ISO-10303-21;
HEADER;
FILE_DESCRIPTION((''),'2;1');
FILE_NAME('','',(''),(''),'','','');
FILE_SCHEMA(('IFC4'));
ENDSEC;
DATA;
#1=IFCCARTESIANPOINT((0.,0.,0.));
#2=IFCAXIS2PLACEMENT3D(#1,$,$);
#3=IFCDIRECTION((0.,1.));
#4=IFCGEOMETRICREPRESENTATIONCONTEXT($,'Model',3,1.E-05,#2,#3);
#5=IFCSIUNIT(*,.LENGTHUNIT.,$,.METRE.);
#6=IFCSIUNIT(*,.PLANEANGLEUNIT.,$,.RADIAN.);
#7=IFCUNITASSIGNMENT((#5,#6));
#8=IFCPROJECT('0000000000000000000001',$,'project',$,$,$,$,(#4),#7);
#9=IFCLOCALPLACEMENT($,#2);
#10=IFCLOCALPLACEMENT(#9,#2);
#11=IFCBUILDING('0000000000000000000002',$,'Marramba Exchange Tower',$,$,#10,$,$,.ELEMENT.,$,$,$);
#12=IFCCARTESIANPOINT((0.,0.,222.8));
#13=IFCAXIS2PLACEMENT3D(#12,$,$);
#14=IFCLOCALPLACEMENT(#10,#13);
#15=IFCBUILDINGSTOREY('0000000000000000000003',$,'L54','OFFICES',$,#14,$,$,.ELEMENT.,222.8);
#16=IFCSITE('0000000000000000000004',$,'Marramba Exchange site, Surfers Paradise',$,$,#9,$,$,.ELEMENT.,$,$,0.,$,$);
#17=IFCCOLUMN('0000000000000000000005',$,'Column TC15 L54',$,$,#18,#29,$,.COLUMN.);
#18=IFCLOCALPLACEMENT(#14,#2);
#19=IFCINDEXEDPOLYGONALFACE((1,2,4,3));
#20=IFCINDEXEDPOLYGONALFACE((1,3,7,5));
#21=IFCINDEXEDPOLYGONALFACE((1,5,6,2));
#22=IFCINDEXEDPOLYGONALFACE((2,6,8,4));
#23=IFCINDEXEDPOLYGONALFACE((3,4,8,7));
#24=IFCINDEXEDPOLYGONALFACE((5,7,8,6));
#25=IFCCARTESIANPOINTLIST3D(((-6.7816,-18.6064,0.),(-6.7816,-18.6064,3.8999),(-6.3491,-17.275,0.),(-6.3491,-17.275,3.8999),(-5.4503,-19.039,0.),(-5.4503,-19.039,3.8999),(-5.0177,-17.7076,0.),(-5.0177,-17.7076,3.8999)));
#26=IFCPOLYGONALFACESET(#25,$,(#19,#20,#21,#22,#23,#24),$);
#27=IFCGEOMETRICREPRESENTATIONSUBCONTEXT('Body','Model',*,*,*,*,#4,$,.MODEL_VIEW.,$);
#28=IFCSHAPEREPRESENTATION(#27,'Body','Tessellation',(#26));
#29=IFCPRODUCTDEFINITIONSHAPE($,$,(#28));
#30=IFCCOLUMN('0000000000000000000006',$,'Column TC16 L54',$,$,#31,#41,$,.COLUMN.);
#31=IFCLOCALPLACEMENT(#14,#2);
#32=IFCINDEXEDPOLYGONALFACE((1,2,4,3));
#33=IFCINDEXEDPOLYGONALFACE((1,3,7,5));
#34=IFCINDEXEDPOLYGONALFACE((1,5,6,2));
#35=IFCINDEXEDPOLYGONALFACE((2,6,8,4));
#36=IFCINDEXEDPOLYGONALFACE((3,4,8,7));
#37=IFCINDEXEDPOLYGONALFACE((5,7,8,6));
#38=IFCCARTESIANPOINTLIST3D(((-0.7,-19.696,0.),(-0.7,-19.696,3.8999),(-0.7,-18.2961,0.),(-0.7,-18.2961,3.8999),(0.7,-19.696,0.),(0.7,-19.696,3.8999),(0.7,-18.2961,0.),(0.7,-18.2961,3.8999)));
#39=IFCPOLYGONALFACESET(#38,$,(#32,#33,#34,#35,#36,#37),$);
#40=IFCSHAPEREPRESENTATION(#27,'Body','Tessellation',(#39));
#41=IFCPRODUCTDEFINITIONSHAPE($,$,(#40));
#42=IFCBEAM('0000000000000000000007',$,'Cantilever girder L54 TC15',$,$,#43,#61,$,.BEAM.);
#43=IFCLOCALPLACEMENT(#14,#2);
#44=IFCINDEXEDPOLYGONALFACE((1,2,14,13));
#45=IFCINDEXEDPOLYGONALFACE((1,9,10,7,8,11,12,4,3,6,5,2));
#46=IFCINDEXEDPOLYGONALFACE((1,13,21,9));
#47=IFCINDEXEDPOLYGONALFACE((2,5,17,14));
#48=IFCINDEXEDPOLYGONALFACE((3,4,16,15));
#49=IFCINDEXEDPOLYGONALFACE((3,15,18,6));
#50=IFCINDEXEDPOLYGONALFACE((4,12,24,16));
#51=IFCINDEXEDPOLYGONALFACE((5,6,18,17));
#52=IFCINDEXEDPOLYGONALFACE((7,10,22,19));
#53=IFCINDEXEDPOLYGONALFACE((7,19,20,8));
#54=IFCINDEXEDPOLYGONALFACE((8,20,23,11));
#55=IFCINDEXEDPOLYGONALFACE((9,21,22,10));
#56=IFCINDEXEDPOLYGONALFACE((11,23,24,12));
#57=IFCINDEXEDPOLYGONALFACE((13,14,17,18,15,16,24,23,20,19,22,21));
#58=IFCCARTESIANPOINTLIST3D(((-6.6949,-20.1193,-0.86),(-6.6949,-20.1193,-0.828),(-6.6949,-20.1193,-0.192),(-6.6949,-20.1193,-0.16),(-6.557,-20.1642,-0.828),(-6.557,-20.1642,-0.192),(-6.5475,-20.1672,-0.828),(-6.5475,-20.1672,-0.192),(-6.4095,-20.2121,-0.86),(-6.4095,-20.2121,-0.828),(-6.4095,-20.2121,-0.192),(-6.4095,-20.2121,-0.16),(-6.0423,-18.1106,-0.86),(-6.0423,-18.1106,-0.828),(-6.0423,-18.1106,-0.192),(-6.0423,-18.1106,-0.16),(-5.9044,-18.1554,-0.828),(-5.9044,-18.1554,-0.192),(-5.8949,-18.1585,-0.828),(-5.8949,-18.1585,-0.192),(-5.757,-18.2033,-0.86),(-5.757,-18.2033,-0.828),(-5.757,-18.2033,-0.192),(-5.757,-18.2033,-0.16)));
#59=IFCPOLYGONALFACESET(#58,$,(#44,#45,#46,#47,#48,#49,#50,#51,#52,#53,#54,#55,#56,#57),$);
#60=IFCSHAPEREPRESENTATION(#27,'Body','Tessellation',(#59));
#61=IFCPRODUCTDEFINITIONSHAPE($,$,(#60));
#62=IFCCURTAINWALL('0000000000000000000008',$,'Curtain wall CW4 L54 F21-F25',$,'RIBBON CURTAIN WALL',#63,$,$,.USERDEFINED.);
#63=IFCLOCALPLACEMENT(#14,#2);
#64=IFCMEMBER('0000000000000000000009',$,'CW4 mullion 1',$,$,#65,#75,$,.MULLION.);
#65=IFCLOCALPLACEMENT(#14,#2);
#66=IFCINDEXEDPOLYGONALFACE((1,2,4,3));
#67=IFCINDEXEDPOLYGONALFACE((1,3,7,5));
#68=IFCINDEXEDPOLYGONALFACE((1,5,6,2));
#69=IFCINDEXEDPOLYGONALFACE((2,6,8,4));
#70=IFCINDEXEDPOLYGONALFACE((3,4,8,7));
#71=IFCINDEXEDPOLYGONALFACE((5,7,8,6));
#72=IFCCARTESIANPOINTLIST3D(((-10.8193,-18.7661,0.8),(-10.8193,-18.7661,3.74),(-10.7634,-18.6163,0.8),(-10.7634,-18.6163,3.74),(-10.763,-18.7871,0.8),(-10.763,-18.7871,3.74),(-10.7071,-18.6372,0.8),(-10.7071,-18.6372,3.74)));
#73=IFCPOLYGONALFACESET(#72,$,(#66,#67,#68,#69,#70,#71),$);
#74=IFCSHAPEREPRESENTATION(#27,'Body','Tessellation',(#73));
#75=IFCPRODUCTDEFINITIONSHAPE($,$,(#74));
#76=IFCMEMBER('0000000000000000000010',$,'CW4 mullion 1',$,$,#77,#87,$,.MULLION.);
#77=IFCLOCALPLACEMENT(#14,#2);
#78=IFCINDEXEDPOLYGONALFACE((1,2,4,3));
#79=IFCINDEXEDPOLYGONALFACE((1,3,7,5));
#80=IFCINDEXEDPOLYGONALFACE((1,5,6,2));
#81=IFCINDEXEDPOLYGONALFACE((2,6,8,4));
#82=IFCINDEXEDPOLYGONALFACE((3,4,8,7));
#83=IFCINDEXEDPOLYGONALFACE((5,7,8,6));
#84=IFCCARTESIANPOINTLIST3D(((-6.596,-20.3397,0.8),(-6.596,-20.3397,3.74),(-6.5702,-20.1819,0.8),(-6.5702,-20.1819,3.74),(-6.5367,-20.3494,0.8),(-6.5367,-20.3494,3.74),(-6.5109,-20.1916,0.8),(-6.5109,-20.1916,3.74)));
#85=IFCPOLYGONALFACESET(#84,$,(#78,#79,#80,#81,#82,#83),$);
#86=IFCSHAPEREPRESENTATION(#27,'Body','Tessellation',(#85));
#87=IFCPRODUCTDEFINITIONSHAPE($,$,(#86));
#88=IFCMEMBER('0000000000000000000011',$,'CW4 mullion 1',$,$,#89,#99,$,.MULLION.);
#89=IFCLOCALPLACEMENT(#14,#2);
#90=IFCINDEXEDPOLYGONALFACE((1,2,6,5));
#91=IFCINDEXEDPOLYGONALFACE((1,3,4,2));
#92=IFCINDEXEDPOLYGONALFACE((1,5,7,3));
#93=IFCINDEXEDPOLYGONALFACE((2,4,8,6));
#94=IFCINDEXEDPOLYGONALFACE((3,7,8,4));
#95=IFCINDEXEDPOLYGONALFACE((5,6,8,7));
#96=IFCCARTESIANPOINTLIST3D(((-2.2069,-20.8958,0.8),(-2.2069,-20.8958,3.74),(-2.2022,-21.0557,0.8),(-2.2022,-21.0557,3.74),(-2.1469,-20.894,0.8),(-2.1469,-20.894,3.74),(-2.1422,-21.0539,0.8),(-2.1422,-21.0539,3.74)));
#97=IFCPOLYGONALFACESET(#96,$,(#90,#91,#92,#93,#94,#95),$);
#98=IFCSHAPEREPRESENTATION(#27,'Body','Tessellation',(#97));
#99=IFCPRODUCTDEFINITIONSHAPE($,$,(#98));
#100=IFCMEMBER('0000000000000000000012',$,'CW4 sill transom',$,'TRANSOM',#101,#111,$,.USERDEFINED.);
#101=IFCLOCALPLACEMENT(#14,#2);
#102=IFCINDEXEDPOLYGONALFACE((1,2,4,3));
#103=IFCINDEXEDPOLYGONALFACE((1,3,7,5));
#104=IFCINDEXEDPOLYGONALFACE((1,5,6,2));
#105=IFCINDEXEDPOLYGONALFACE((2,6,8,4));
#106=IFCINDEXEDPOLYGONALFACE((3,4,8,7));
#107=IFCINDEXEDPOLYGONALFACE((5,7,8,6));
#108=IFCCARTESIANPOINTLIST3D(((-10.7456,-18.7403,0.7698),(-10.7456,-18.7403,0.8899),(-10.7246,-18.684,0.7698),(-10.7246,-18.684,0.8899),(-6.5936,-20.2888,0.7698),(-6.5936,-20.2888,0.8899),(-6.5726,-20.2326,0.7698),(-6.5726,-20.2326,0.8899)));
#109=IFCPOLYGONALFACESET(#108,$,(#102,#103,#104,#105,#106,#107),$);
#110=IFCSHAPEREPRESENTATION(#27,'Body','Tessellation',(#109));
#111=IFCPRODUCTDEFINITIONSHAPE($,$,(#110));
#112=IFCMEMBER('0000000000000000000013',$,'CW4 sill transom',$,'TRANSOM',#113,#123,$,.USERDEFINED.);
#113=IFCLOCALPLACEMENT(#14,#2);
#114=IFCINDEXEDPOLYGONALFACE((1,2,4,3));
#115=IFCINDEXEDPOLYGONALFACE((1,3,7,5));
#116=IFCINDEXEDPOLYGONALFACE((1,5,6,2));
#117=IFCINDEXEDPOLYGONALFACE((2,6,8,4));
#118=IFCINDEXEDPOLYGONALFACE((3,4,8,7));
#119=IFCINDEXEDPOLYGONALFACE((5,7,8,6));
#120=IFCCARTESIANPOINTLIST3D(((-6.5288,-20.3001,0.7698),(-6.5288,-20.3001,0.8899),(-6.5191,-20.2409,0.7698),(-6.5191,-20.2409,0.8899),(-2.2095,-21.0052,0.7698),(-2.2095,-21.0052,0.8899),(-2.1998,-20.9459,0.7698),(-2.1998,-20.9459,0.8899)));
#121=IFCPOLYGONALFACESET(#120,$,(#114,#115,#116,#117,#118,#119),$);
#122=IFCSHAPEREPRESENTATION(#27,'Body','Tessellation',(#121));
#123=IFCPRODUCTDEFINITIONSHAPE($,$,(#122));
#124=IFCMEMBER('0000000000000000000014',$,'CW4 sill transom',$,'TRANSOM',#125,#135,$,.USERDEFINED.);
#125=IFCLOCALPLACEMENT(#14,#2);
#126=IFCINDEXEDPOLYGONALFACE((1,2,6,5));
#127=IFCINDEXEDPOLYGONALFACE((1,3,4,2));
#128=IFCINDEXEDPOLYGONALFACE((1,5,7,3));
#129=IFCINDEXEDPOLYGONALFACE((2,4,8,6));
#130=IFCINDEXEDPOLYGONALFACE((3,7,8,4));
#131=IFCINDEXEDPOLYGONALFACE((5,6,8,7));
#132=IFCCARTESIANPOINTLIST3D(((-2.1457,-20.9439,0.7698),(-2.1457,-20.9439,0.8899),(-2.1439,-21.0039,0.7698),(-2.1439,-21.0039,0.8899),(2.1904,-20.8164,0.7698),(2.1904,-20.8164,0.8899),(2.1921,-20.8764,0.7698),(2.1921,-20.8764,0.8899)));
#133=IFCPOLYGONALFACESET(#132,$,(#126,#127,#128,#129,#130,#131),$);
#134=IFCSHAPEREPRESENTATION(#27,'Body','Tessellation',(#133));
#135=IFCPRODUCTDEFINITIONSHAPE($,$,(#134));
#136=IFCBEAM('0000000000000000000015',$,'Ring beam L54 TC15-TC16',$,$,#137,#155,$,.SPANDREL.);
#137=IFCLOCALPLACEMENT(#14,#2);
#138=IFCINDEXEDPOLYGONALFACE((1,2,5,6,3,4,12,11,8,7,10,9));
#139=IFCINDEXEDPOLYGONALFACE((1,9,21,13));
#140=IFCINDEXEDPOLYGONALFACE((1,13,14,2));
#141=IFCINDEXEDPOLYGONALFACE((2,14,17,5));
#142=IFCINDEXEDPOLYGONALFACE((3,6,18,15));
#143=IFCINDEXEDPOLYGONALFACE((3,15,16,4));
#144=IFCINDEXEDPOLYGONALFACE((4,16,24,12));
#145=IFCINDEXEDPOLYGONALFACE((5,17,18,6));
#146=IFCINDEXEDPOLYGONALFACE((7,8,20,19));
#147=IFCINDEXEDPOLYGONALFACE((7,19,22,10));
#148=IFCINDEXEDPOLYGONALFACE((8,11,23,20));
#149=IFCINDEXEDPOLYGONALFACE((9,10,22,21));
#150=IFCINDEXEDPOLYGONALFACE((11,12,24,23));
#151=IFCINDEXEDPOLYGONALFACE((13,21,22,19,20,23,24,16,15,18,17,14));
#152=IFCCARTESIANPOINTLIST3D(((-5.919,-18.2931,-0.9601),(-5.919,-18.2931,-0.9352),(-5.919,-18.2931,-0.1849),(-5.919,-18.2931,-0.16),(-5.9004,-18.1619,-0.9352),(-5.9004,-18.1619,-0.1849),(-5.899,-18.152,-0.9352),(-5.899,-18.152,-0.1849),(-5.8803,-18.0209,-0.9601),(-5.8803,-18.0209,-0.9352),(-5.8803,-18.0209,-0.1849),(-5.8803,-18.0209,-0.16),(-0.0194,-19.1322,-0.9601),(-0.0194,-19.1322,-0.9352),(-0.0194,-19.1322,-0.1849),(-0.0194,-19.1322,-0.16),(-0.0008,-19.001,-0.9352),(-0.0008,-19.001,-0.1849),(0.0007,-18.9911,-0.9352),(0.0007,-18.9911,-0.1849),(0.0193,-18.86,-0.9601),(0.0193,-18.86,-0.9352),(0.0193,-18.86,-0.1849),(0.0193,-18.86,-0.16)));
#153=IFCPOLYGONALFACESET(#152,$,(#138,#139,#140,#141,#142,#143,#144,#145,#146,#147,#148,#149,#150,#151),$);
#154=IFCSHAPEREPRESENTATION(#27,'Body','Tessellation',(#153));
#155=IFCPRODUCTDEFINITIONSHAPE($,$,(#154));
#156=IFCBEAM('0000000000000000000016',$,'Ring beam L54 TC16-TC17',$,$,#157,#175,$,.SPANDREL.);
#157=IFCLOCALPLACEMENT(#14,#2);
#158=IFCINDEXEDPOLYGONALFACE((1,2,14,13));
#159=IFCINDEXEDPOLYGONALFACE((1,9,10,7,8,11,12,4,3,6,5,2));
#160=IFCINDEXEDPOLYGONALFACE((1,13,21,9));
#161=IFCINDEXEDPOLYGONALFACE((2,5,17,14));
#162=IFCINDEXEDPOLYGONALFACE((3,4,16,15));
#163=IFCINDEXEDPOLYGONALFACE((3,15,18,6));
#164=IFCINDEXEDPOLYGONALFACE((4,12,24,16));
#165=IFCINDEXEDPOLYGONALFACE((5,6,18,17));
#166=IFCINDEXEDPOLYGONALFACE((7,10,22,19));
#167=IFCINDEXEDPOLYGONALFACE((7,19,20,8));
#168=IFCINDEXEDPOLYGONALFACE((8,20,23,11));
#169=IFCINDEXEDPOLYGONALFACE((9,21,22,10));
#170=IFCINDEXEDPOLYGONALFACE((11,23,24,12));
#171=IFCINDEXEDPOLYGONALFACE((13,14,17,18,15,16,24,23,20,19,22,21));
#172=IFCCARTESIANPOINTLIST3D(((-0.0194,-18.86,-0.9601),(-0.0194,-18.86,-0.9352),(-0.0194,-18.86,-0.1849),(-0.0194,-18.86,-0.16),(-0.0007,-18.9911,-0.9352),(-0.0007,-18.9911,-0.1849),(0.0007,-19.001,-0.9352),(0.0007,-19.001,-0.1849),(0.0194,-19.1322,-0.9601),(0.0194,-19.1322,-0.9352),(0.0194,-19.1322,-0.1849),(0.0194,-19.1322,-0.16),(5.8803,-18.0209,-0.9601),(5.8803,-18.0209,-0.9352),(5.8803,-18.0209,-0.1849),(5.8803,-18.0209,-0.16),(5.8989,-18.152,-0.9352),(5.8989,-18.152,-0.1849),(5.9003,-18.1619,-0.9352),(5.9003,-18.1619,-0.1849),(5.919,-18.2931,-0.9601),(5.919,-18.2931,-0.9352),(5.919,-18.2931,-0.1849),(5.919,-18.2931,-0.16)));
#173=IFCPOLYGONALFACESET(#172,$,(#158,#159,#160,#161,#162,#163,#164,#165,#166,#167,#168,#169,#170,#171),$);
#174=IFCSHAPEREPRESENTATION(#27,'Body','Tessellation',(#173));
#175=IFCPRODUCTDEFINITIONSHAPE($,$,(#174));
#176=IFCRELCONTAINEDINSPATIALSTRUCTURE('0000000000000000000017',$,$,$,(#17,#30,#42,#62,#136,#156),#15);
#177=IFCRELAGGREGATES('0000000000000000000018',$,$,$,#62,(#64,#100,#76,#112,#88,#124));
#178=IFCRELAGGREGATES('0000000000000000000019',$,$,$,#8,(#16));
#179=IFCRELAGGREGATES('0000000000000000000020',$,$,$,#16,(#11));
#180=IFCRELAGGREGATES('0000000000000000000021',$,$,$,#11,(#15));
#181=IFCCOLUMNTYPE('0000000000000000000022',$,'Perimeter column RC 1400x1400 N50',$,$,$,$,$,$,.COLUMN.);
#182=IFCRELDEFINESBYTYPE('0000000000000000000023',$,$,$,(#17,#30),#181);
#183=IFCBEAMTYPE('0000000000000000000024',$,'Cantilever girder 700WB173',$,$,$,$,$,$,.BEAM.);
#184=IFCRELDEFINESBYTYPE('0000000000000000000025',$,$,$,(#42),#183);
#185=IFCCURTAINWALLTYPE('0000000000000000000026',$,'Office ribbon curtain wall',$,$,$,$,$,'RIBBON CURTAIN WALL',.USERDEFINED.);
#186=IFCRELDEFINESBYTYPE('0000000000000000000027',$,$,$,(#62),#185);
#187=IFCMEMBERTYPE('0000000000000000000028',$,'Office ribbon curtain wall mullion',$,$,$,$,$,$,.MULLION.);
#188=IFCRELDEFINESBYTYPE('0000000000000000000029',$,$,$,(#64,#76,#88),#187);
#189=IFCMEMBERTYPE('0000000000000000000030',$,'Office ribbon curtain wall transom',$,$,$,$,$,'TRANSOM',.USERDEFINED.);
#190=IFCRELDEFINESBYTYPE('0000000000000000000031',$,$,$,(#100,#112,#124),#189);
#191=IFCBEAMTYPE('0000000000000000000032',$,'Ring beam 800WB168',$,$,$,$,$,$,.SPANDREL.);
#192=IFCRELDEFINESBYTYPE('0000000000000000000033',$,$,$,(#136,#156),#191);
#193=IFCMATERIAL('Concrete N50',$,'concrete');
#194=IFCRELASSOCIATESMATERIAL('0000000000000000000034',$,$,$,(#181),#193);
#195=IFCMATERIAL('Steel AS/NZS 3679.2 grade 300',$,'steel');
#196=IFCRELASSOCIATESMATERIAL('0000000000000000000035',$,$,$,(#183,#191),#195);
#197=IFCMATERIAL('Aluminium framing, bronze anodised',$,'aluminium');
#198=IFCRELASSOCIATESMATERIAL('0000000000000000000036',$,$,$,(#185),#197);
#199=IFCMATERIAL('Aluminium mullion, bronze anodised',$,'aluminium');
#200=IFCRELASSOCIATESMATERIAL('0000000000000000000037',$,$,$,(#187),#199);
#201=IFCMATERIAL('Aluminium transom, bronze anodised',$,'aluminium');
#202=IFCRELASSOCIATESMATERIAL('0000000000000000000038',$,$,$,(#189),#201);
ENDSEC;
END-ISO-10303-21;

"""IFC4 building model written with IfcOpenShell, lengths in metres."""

from ifc_helpers import new_model, si_unit, direction, frame, origin, origin_2d, place, context, subcontext, project, spatial, rectangle, i_section, extrude, material, material_profile, profile_set, type_object, element, aggregate, save


model = new_model("IFC4")

# Units and contexts
model_context = context("Model", 3, precision=1e-05, world=origin(), true_north=direction((0.0, 1.0)))
body_context = subcontext(model_context, "Body", "Model", "MODEL_VIEW")
ifc_project = project(units=[si_unit("LENGTHUNIT", "METRE"), si_unit("PLANEANGLEUNIT", "RADIAN")], contexts=[model_context])

# Site, building, storey
site_placement = place(None, origin())
site = spatial("IfcSite", under=ifc_project, at=site_placement, Name="Marramba Exchange site, Surfers Paradise", CompositionType="ELEMENT", RefElevation=0.0)
building_placement = place(site_placement, origin())
building = spatial("IfcBuilding", under=site, at=building_placement, Name="Marramba Exchange Tower", CompositionType="ELEMENT")
storey_placement = place(building_placement, frame((0.0, 0.0, 222.8)))
storey = spatial("IfcBuildingStorey", under=building, at=storey_placement, Name="L54", Description="OFFICES", CompositionType="ELEMENT", Elevation=222.8)

# Columns
ifc_material_1 = material(Name="Concrete N50", Category="concrete")
ifc_material_profile_1 = material_profile(ifc_material_1, rectangle(XDim=1.3999, YDim=1.3999, at=origin_2d()), Name="RC 1400x1400")
ifc_profile_set_1 = profile_set([ifc_material_profile_1], Name="Concrete N50")
column_type = type_object("IfcColumnType", Name="Perimeter column RC 1400x1400 N50", PredefinedType="COLUMN", material=ifc_profile_set_1)
for number, where, z_axis, x_axis, name in (
    (1, (-5.8997, -18.157, 0.0), (0.0, 0.0, 1.0), (-0.309017, -0.951057, 0.0), "Column TC15 L54"),
    (2, (0.0, -18.9961, 0.0), (0.0, 0.0, 1.0), (0.0, -1.0, 0.0), "Column TC16 L54"),
):
    element("IfcColumn", number, at=place(storey_placement, frame(where, z_axis=z_axis, x_axis=x_axis)), inside=storey, type_object=column_type, Name=name, PredefinedType="COLUMN", context=body_context, shape_type="SweptSolid", body=[
        extrude(rectangle(XDim=1.3999, YDim=1.3999, at=origin_2d()), origin(), (0.0, 0.0, 1.0), 3.8999),
    ])

# Beam
ifc_material_2 = material(Name="Steel AS/NZS 3679.2 grade 300", Category="steel")
ifc_material_profile_2 = material_profile(ifc_material_2, i_section(OverallWidth=0.3, OverallDepth=0.7, WebThickness=0.01, FlangeThickness=0.032, at=origin_2d()), Name="700WB173")
ifc_profile_set_2 = profile_set([ifc_material_profile_2], Name="Steel AS/NZS 3679.2 grade 300")
beam_type_1 = type_object("IfcBeamType", Name="Cantilever girder 700WB173", PredefinedType="BEAM", material=ifc_profile_set_2)
beam_1_placement = place(storey_placement, frame((-5.8997, -18.157, -0.51), z_axis=(-0.308971, -0.951071, 0.0), x_axis=(0.951071, -0.308971, 0.0)))
element("IfcBeam", 3, at=beam_1_placement, inside=storey, type_object=beam_type_1, Name="Cantilever girder L54 TC15", PredefinedType="BEAM", context=body_context, shape_type="SweptSolid", body=[
    extrude(i_section(OverallWidth=0.3, OverallDepth=0.7, WebThickness=0.01, FlangeThickness=0.032, at=origin_2d()), origin(), (0.0, 0.0, 1.0), 2.1121),
])

# Curtain wall, members
ifc_material_3 = material(Name="Aluminium framing, bronze anodised", Category="aluminium")
curtain_wall_type = type_object("IfcCurtainWallType", Name="Office ribbon curtain wall", ElementType="RIBBON CURTAIN WALL", PredefinedType="USERDEFINED", material=ifc_material_3)
curtain_wall_1_placement = place(storey_placement, origin())
curtain_wall_1 = element("IfcCurtainWall", 4, at=curtain_wall_1_placement, inside=storey, type_object=curtain_wall_type, Name="Curtain wall CW4 L54 F21-F25", ObjectType="RIBBON CURTAIN WALL", PredefinedType="USERDEFINED")
ifc_material_4 = material(Name="Aluminium mullion, bronze anodised", Category="aluminium")
ifc_material_profile_3 = material_profile(ifc_material_4, rectangle(XDim=0.1599, YDim=0.0601, at=origin_2d()), Name="CW4 mullion 60x160")
ifc_profile_set_3 = profile_set([ifc_material_profile_3], Name="Aluminium mullion, bronze anodised")
member_type_1 = type_object("IfcMemberType", Name="Office ribbon curtain wall mullion", PredefinedType="MULLION", material=ifc_profile_set_3)
member_1_placement = place(storey_placement, frame((-10.7632, -18.7017, 0.8), z_axis=(0.0, 0.0, 1.0), x_axis=(0.349459, 0.936952, 0.0)))
member_1 = element("IfcMember", 5, at=member_1_placement, type_object=member_type_1, Name="CW4 mullion 1", PredefinedType="MULLION", context=body_context, shape_type="SweptSolid", body=[
    extrude(rectangle(XDim=0.1599, YDim=0.0601, at=origin_2d()), origin(), (0.0, 0.0, 1.0), 2.9399),
])
member_2_placement = place(storey_placement, frame((-6.5535, -20.2656, 0.8), z_axis=(0.0, 0.0, 1.0), x_axis=(0.161146, 0.986931, 0.0)))
member_2 = element("IfcMember", 6, at=member_2_placement, type_object=member_type_1, Name="CW4 mullion 1", PredefinedType="MULLION", context=body_context, shape_type="SweptSolid", body=[
    extrude(rectangle(XDim=0.1599, YDim=0.0601, at=origin_2d()), origin(), (0.0, 0.0, 1.0), 2.9399),
])
member_3_placement = place(storey_placement, frame((-2.1746, -20.9749, 0.8), z_axis=(0.0, 0.0, 1.0), x_axis=(-0.029393, 0.999568, 0.0)))
member_3 = element("IfcMember", 7, at=member_3_placement, type_object=member_type_1, Name="CW4 mullion 1", PredefinedType="MULLION", context=body_context, shape_type="SweptSolid", body=[
    extrude(rectangle(XDim=0.1599, YDim=0.0601, at=origin_2d()), origin(), (0.0, 0.0, 1.0), 2.9399),
])
ifc_material_5 = material(Name="Aluminium transom, bronze anodised", Category="aluminium")
ifc_material_profile_4 = material_profile(ifc_material_5, rectangle(XDim=0.0601, YDim=0.1201, at=origin_2d()), Name="CW4 transom 60x120")
ifc_profile_set_4 = profile_set([ifc_material_profile_4], Name="Aluminium transom, bronze anodised")
member_type_2 = type_object("IfcMemberType", Name="Office ribbon curtain wall transom", ElementType="TRANSOM", PredefinedType="USERDEFINED", material=ifc_profile_set_4)
member_4_placement = place(storey_placement, frame((-10.7351, -18.7122, 0.8298), z_axis=(0.936955, -0.34945, 0.0), x_axis=(0.34945, 0.936955, 0.0)))
member_4 = element("IfcMember", 8, at=member_4_placement, type_object=member_type_2, Name="CW4 sill transom", ObjectType="TRANSOM", PredefinedType="USERDEFINED", context=body_context, shape_type="SweptSolid", body=[
    extrude(rectangle(XDim=0.0601, YDim=0.1201, at=origin_2d()), origin(), (0.0, 0.0, 1.0), 4.4314),
])
member_5_placement = place(storey_placement, frame((-6.5239, -20.2705, 0.8298), z_axis=(0.986937, -0.161105, 0.0), x_axis=(0.161105, 0.986937, 0.0)))
member_5 = element("IfcMember", 9, at=member_5_placement, type_object=member_type_2, Name="CW4 sill transom", ObjectType="TRANSOM", PredefinedType="USERDEFINED", context=body_context, shape_type="SweptSolid", body=[
    extrude(rectangle(XDim=0.0601, YDim=0.1201, at=origin_2d()), origin(), (0.0, 0.0, 1.0), 4.3765),
])
member_6_placement = place(storey_placement, frame((-2.1448, -20.9739, 0.8298), z_axis=(0.999568, 0.029379, 0.0), x_axis=(-0.029379, 0.999568, 0.0)))
member_6 = element("IfcMember", 10, at=member_6_placement, type_object=member_type_2, Name="CW4 sill transom", ObjectType="TRANSOM", PredefinedType="USERDEFINED", context=body_context, shape_type="SweptSolid", body=[
    extrude(rectangle(XDim=0.0601, YDim=0.1201, at=origin_2d()), origin(), (0.0, 0.0, 1.0), 4.3379),
])

# Beams
ifc_material_profile_5 = material_profile(ifc_material_2, i_section(OverallWidth=0.2749, OverallDepth=0.8, WebThickness=0.01, FlangeThickness=0.0249, at=origin_2d()), Name="800WB168")
ifc_profile_set_5 = profile_set([ifc_material_profile_5], Name="Steel AS/NZS 3679.2 grade 300")
beam_type_2 = type_object("IfcBeamType", Name="Ring beam 800WB168", PredefinedType="SPANDREL", material=ifc_profile_set_5)
for number, where, z_axis, x_axis, name in (
    (11, (-5.8997, -18.157, -0.5601), (0.990036, -0.140813, 0.0), (0.140813, 0.990036, 0.0), "Ring beam L54 TC15-TC16"),
    (12, (0.0, -18.9961, -0.5601), (0.990036, 0.140813, 0.0), (-0.140813, 0.990036, 0.0), "Ring beam L54 TC16-TC17"),
):
    element("IfcBeam", number, at=place(storey_placement, frame(where, z_axis=z_axis, x_axis=x_axis)), inside=storey, type_object=beam_type_2, Name=name, PredefinedType="SPANDREL", context=body_context, shape_type="SweptSolid", body=[
        extrude(i_section(OverallWidth=0.2749, OverallDepth=0.8, WebThickness=0.01, FlangeThickness=0.0249, at=origin_2d()), origin(), (0.0, 0.0, 1.0), 5.959),
    ])

aggregate(curtain_wall_1, [member_1, member_4, member_2, member_5, member_3, member_6])

save(model, "model.ifc")
